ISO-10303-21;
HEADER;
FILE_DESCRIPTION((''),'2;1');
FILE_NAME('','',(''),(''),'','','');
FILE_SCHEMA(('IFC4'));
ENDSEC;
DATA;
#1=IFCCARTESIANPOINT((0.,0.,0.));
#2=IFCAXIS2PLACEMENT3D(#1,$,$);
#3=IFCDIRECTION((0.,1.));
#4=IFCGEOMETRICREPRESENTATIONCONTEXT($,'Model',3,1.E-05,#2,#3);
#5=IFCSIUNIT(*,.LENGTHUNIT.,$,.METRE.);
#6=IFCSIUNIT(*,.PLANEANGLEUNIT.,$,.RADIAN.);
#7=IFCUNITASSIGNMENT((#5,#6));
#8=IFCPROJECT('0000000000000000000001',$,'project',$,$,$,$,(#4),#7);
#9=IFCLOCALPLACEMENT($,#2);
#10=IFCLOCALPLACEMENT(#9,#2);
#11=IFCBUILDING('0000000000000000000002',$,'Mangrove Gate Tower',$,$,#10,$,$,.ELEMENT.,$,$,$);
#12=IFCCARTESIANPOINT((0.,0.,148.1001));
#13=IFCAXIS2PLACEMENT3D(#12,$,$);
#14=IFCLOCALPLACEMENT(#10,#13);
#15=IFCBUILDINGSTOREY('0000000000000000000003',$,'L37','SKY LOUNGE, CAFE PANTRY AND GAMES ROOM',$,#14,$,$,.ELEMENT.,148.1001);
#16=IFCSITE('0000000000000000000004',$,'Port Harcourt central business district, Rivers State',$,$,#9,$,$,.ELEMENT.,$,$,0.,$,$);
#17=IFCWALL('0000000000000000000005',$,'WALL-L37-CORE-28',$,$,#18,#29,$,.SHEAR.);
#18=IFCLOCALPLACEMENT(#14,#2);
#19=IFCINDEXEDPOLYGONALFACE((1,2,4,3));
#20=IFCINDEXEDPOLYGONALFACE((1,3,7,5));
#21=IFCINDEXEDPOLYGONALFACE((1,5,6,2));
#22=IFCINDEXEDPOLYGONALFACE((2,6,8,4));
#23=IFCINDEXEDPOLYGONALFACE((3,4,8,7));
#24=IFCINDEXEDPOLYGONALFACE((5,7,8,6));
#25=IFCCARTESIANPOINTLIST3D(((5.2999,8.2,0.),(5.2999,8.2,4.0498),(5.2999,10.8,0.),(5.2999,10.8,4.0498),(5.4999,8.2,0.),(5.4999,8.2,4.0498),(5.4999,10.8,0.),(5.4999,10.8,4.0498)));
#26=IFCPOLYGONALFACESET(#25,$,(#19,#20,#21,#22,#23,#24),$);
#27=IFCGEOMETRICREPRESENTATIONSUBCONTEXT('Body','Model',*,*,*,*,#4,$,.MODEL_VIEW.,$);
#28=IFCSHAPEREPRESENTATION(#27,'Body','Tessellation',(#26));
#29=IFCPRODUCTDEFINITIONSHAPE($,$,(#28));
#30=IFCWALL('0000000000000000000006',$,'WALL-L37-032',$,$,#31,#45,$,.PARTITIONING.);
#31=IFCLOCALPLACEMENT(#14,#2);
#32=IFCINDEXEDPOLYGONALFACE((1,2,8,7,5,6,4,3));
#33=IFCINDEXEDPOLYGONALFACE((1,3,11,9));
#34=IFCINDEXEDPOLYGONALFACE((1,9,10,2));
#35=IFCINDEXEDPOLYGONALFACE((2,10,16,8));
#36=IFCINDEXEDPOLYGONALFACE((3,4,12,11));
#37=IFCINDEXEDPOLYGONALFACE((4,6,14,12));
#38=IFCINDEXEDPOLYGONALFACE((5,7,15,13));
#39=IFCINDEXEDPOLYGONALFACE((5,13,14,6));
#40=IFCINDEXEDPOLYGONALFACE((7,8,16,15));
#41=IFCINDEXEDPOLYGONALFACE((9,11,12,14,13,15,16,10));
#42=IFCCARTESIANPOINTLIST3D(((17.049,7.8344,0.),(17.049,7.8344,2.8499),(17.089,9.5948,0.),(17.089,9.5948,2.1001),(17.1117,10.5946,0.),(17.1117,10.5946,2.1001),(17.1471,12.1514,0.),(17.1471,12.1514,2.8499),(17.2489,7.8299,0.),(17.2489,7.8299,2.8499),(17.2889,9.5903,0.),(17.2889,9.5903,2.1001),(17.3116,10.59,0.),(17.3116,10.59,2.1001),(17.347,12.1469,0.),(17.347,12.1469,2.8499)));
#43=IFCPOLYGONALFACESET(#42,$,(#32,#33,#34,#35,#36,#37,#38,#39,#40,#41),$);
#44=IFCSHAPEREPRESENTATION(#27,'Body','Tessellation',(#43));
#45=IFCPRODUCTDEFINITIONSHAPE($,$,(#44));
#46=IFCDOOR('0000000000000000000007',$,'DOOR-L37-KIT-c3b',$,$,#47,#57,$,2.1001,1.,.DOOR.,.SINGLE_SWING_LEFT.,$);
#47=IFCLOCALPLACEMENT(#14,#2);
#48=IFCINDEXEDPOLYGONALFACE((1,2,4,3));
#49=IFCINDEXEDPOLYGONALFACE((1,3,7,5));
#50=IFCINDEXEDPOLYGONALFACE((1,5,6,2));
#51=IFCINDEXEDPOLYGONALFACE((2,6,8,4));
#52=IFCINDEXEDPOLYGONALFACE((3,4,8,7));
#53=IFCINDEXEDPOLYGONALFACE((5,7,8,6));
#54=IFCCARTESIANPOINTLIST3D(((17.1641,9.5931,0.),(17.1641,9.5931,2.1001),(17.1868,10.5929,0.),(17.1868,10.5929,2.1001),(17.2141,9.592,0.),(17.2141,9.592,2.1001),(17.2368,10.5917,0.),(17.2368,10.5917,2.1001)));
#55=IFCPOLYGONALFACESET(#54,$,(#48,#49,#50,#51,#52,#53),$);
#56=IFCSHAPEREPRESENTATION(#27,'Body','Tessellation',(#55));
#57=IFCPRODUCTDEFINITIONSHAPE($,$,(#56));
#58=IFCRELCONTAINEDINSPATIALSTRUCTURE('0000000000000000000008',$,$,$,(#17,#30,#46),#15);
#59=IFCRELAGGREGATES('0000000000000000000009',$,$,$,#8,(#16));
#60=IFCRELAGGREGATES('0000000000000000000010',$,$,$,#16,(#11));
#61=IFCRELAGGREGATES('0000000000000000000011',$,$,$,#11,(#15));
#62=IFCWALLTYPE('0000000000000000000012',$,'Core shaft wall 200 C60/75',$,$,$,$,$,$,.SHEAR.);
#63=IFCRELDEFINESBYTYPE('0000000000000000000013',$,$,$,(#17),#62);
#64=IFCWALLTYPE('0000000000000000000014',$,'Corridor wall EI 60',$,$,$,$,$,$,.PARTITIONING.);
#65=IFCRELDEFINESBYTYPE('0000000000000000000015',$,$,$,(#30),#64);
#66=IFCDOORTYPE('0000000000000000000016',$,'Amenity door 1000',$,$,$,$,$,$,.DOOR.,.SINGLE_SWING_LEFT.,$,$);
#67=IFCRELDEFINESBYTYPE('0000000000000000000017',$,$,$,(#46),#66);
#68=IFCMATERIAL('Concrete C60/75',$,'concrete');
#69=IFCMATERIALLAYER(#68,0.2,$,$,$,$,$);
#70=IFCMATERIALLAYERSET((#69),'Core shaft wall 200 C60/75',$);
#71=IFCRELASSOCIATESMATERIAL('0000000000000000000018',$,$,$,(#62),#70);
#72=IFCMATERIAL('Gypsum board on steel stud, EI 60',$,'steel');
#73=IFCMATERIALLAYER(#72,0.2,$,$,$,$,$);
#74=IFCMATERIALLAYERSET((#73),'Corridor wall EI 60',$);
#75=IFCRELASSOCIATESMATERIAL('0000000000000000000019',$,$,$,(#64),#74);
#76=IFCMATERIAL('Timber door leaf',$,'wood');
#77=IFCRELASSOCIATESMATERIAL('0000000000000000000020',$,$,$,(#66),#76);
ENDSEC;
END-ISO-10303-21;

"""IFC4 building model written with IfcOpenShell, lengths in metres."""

from ifc_helpers import new_model, si_unit, direction, frame, frame_2d, origin, place, context, subcontext, project, spatial, rectangle, extrude, material, layer, layer_set, type_object, element, fill, save


model = new_model("IFC4")

# Units and contexts
model_context = context("Model", 3, precision=1e-05, world=origin(), true_north=direction((0.0, 1.0)))
body_context = subcontext(model_context, "Body", "Model", "MODEL_VIEW")
ifc_project = project(units=[si_unit("LENGTHUNIT", "METRE"), si_unit("PLANEANGLEUNIT", "RADIAN")], contexts=[model_context])

# Site, building, storey
site_placement = place(None, origin())
site = spatial("IfcSite", under=ifc_project, at=site_placement, Name="Port Harcourt central business district, Rivers State", CompositionType="ELEMENT", RefElevation=0.0)
building_placement = place(site_placement, origin())
building = spatial("IfcBuilding", under=site, at=building_placement, Name="Mangrove Gate Tower", CompositionType="ELEMENT")
storey_placement = place(building_placement, frame((0.0, 0.0, 148.1001)))
storey = spatial("IfcBuildingStorey", under=building, at=storey_placement, Name="L37", Description="SKY LOUNGE, CAFE PANTRY AND GAMES ROOM", CompositionType="ELEMENT", Elevation=148.1001)

# Wall
ifc_material_1 = material(Name="Concrete C60/75", Category="concrete")
ifc_layer_1 = layer(ifc_material_1, 0.2)
ifc_layer_set_1 = layer_set([ifc_layer_1], Name="Core shaft wall 200 C60/75")
wall_type_1 = type_object("IfcWallType", Name="Core shaft wall 200 C60/75", PredefinedType="SHEAR", material=ifc_layer_set_1)
for number, where, z_axis, x_axis, name in (
    (1, (5.3999, 8.2, 0.0), (0.0, 0.0, 1.0), (0.0, 1.0, 0.0), "WALL-L37-CORE-28"),
):
    element("IfcWall", number, at=place(storey_placement, frame(where, z_axis=z_axis, x_axis=x_axis)), inside=storey, type_object=wall_type_1, Name=name, PredefinedType="SHEAR", context=body_context, shape_type="SweptSolid", body=[
        extrude(rectangle(XDim=2.6001, YDim=0.2, at=frame_2d((1.3, 0.0))), origin(), (0.0, 0.0, 1.0), 4.0498),
    ])

# Wall, opening, door
ifc_material_2 = material(Name="Gypsum board on steel stud, EI 60", Category="steel")
ifc_layer_2 = layer(ifc_material_2, 0.2)
ifc_layer_set_2 = layer_set([ifc_layer_2], Name="Corridor wall EI 60")
wall_type_2 = type_object("IfcWallType", Name="Corridor wall EI 60", PredefinedType="PARTITIONING", material=ifc_layer_set_2)
wall_1_placement = place(storey_placement, frame((17.1489, 7.832, 0.0), z_axis=(0.0, 0.0, 1.0), x_axis=(0.022729, 0.999742, 0.0)))
wall_1 = element("IfcWall", 2, at=wall_1_placement, inside=storey, type_object=wall_type_2, Name="WALL-L37-032", PredefinedType="PARTITIONING", context=body_context, shape_type="SweptSolid", body=[
    extrude(rectangle(XDim=4.3181, YDim=0.2, at=frame_2d((2.1592, 0.0))), origin(), (0.0, 0.0, 1.0), 2.8499),
])
opening_1_placement = place(wall_1_placement, frame((1.761, 0.0, 0.0)))
opening_1 = element("IfcOpeningElement", 3, at=opening_1_placement, cuts=wall_1, PredefinedType="OPENING", context=body_context, shape_type="SweptSolid", body=[
    extrude(rectangle(XDim=1.0, YDim=2.1001, at=frame_2d((0.5, 1.05))), frame((0.0, 0.1099, 0.0), z_axis=(0.0, -1.0, 0.0), x_axis=(1.0, 0.0, 0.0)), (0.0, 0.0, 1.0), 0.22),
])
ifc_material_3 = material(Name="Timber door leaf", Category="wood")
door_type_1 = type_object("IfcDoorType", Name="Amenity door 1000", OperationType="SINGLE_SWING_LEFT", PredefinedType="DOOR", material=ifc_material_3)
door_1_placement = place(opening_1_placement, origin())
door_1 = element("IfcDoor", 4, at=door_1_placement, inside=storey, type_object=door_type_1, Name="DOOR-L37-KIT-c3b", OperationType="SINGLE_SWING_LEFT", OverallHeight=2.1001, OverallWidth=1.0, PredefinedType="DOOR", context=body_context, shape_type="SweptSolid", body=[
    extrude(rectangle(XDim=1.0, YDim=2.1001, at=frame_2d((0.5, 1.05))), frame((0.0, 0.0249, 0.0), z_axis=(0.0, -1.0, 0.0), x_axis=(1.0, 0.0, 0.0)), (0.0, 0.0, 1.0), 0.05),
])
fill(opening_1, door_1)

save(model, "model.ifc")
